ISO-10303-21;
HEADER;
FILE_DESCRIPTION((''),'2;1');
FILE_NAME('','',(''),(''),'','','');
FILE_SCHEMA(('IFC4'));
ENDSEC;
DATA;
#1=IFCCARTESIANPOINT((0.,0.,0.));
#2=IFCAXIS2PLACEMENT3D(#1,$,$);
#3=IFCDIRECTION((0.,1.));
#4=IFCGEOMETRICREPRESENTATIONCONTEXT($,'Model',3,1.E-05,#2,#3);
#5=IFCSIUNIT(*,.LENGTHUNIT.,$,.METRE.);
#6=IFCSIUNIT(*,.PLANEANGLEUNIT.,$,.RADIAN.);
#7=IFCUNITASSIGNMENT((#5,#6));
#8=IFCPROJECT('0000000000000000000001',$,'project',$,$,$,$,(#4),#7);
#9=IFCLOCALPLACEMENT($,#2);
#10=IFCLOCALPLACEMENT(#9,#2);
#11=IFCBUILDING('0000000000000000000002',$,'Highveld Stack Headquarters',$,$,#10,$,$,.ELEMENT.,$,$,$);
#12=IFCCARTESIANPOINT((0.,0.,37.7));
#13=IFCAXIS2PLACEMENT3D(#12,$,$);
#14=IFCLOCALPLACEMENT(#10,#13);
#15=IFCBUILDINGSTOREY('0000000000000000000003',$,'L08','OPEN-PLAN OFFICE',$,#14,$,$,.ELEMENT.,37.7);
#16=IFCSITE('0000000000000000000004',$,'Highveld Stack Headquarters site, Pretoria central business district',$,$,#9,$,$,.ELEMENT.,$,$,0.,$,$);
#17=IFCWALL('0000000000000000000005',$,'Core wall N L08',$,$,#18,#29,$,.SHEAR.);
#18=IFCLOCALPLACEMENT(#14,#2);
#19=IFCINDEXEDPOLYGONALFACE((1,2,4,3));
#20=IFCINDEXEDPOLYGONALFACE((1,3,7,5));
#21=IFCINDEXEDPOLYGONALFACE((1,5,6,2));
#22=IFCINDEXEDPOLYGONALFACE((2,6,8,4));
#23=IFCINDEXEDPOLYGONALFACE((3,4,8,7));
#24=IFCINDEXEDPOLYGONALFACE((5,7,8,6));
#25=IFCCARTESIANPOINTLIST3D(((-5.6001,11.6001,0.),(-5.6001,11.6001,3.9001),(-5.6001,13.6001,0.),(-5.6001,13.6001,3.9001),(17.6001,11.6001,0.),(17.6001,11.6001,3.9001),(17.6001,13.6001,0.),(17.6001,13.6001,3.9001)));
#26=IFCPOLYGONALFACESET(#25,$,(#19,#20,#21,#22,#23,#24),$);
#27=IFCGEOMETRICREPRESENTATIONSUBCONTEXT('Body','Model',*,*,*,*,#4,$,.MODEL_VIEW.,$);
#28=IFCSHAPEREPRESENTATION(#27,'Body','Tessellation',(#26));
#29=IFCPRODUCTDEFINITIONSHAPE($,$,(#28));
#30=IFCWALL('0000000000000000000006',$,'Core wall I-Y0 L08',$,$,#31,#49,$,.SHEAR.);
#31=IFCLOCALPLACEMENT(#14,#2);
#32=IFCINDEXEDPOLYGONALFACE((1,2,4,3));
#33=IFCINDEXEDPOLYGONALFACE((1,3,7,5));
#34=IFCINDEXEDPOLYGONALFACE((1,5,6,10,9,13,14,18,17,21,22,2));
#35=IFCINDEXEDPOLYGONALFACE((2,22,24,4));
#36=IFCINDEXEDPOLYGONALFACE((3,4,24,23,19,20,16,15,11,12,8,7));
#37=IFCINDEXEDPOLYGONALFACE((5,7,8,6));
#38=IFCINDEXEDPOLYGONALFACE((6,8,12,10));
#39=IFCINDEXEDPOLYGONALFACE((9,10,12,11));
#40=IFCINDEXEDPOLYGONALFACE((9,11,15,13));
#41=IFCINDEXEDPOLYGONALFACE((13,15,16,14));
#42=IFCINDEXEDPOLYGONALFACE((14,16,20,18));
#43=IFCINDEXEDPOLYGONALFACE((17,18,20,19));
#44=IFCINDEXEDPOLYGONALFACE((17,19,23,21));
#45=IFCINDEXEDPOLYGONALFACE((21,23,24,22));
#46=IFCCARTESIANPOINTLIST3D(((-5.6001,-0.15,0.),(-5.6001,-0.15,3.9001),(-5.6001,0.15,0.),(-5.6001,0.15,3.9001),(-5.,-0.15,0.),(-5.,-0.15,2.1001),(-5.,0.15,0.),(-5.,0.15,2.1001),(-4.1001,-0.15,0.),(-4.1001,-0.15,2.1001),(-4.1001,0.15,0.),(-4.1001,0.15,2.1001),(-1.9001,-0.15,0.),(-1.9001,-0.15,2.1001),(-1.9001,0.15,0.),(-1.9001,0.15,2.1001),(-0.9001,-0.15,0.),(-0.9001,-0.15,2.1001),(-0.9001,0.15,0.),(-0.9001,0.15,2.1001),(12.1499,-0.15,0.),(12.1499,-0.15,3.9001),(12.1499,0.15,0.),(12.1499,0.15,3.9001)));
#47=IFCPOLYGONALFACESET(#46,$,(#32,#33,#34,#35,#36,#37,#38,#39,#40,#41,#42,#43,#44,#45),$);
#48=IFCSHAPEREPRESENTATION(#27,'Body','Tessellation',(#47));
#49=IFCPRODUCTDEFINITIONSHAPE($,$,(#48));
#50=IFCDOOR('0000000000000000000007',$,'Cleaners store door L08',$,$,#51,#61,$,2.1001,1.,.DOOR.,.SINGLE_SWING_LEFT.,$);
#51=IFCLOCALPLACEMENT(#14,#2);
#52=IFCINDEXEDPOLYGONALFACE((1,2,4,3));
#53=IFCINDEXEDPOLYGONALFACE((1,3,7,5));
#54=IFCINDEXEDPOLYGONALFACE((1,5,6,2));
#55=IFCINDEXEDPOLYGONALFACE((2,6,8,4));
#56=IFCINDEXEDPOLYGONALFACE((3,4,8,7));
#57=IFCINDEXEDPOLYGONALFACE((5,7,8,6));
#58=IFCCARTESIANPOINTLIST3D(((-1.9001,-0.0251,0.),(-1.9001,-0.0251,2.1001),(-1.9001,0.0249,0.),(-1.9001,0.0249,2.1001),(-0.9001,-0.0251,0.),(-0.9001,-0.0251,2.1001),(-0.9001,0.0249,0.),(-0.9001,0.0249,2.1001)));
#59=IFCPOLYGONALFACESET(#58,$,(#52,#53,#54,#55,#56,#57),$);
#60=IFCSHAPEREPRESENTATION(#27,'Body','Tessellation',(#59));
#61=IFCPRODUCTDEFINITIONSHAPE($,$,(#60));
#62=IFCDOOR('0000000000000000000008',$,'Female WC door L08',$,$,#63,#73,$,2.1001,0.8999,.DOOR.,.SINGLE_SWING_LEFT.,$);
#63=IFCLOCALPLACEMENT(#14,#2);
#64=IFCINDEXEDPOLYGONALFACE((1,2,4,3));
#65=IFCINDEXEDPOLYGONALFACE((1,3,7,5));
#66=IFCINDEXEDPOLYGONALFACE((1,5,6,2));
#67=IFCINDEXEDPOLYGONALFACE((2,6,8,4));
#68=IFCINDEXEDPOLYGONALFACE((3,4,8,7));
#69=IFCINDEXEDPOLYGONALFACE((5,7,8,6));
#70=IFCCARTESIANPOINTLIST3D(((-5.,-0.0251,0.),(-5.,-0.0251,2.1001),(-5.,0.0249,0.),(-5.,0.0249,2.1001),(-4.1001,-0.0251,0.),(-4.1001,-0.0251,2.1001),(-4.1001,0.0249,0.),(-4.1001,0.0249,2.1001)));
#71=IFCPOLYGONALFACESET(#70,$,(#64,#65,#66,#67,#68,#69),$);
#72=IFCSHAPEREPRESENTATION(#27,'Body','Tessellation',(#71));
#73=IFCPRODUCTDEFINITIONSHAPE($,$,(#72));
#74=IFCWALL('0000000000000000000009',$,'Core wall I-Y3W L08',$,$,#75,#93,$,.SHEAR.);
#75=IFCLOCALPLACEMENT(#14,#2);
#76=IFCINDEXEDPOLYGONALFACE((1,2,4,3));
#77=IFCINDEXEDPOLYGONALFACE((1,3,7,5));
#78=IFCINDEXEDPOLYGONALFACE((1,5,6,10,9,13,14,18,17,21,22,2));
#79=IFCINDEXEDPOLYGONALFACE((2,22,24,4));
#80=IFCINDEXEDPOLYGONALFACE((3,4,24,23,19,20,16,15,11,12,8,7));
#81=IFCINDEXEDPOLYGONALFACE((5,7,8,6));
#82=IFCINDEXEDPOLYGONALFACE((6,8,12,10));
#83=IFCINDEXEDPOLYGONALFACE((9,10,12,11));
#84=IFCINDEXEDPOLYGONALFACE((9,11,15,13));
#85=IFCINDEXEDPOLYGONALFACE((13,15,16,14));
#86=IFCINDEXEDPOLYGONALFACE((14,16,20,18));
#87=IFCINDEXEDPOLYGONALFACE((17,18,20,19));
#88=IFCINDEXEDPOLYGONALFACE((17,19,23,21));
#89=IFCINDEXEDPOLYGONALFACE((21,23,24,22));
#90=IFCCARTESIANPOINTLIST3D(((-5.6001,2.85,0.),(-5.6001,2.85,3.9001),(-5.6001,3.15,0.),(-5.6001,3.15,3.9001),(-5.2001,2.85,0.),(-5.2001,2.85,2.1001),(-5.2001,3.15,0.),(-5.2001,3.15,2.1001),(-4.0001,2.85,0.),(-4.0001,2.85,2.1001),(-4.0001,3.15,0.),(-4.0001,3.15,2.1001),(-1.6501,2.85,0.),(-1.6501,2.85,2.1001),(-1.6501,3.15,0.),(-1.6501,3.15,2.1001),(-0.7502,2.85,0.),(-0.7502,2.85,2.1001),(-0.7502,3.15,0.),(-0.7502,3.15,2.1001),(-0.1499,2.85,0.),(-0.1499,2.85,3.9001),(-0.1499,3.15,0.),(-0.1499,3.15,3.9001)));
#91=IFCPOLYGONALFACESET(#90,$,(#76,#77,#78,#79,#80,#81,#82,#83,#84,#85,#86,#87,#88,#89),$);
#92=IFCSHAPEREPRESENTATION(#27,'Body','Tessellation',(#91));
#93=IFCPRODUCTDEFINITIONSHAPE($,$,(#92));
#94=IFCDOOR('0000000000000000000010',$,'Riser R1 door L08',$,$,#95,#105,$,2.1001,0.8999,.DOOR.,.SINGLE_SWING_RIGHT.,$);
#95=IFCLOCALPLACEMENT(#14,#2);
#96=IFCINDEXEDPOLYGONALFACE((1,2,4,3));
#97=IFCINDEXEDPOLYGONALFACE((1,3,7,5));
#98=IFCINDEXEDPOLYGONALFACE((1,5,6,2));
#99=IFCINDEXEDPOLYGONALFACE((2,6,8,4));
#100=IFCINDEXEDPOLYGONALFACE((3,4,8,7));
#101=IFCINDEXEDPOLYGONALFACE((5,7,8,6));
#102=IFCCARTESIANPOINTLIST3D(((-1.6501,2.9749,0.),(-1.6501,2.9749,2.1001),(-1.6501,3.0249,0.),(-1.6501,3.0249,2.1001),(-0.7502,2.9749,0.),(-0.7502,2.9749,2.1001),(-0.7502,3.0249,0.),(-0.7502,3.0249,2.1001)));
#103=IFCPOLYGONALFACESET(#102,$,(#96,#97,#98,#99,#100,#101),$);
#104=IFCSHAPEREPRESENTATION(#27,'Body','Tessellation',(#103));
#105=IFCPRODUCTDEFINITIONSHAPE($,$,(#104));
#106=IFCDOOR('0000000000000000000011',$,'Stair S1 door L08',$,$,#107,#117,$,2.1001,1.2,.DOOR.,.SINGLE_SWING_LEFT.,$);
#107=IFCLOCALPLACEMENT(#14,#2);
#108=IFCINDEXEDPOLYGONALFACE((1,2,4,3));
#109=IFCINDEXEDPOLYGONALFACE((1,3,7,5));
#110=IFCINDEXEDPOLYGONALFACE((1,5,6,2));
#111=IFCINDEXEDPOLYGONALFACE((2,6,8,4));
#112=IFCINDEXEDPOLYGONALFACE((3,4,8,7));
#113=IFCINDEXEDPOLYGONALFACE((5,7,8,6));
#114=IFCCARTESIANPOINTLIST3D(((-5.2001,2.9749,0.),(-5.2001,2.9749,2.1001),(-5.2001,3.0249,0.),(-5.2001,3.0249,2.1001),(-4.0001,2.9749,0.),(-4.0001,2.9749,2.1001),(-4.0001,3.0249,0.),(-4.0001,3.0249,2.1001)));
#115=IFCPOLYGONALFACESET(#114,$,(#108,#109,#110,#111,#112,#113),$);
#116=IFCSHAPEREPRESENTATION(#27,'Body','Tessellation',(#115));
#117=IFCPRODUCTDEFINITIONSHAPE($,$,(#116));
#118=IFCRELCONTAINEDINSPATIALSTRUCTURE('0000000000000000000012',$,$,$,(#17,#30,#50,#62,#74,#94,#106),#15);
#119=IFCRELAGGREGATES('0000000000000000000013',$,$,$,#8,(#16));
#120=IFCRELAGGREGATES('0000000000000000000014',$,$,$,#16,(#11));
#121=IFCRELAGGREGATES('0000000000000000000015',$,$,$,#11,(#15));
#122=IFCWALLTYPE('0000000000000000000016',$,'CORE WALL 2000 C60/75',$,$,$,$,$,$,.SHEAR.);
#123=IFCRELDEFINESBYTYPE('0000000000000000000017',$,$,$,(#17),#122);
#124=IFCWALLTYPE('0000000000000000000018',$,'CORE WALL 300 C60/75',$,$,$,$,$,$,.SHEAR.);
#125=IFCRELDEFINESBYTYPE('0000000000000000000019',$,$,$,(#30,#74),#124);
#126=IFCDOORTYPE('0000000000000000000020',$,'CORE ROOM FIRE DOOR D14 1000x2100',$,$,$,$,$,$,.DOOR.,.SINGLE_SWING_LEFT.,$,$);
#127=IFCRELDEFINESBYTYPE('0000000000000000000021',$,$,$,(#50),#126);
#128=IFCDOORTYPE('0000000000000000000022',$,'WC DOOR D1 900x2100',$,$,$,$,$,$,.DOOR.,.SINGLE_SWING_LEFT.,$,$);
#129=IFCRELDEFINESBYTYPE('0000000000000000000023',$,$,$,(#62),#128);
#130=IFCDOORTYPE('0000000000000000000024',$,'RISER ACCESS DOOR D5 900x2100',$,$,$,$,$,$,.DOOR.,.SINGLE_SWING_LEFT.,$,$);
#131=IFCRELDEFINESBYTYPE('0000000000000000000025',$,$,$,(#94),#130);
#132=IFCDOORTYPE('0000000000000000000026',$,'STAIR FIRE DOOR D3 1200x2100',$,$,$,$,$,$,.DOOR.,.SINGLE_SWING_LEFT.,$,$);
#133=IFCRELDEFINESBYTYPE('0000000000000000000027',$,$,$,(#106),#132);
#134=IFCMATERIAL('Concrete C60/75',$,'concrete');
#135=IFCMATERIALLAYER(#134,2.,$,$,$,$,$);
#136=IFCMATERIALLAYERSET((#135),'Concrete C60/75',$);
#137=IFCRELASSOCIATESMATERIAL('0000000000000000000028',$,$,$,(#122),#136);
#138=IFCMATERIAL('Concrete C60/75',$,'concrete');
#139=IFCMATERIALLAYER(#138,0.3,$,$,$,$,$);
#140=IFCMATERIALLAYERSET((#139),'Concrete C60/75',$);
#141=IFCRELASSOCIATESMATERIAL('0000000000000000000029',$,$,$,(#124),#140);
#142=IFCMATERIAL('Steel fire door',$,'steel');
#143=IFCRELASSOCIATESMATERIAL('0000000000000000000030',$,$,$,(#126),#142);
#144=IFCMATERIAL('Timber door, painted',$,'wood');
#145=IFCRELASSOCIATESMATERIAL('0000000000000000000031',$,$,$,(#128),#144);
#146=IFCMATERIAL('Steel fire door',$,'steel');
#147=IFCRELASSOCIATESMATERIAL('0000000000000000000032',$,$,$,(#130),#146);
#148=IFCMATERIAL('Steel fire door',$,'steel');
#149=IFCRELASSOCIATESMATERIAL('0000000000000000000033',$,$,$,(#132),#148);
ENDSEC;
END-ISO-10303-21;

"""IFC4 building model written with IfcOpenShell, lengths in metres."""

from ifc_helpers import new_model, si_unit, direction, frame, frame_2d, origin, place, context, subcontext, project, spatial, rectangle, extrude, material, layer, layer_set, type_object, element, fill, save


model = new_model("IFC4")

# Units and contexts
model_context = context("Model", 3, precision=1e-05, world=origin(), true_north=direction((0.0, 1.0)))
body_context = subcontext(model_context, "Body", "Model", "MODEL_VIEW")
ifc_project = project(units=[si_unit("LENGTHUNIT", "METRE"), si_unit("PLANEANGLEUNIT", "RADIAN")], contexts=[model_context])

# Site, building, storey
site_placement = place(None, origin())
site = spatial("IfcSite", under=ifc_project, at=site_placement, Name="Highveld Stack Headquarters site, Pretoria central business district", CompositionType="ELEMENT", RefElevation=0.0)
building_placement = place(site_placement, origin())
building = spatial("IfcBuilding", under=site, at=building_placement, Name="Highveld Stack Headquarters", CompositionType="ELEMENT")
storey_placement = place(building_placement, frame((0.0, 0.0, 37.7)))
storey = spatial("IfcBuildingStorey", under=building, at=storey_placement, Name="L08", Description="OPEN-PLAN OFFICE", CompositionType="ELEMENT", Elevation=37.7)

# Wall
ifc_material_1 = material(Name="Concrete C60/75", Category="concrete")
ifc_layer_1 = layer(ifc_material_1, 2.0)
ifc_layer_set_1 = layer_set([ifc_layer_1], Name="Concrete C60/75")
wall_type_1 = type_object("IfcWallType", Name="CORE WALL 2000 C60/75", PredefinedType="SHEAR", material=ifc_layer_set_1)
wall_1_placement = place(storey_placement, frame((-5.6001, 12.6001, 0.0), z_axis=(0.0, 0.0, 1.0), x_axis=(1.0, 0.0, 0.0)))
element("IfcWall", 1, at=wall_1_placement, inside=storey, type_object=wall_type_1, Name="Core wall N L08", PredefinedType="SHEAR", context=body_context, shape_type="SweptSolid", body=[
    extrude(rectangle(XDim=23.2002, YDim=2.0, at=frame_2d((11.6001, 0.0))), origin(), (0.0, 0.0, 1.0), 3.9001),
])

# Walls, openings, doors
ifc_material_2 = material(Name="Concrete C60/75", Category="concrete")
ifc_layer_2 = layer(ifc_material_2, 0.3)
ifc_layer_set_2 = layer_set([ifc_layer_2], Name="Concrete C60/75")
wall_type_2 = type_object("IfcWallType", Name="CORE WALL 300 C60/75", PredefinedType="SHEAR", material=ifc_layer_set_2)
wall_2_placement = place(storey_placement, frame((-5.6001, 0.0, 0.0), z_axis=(0.0, 0.0, 1.0), x_axis=(1.0, 0.0, 0.0)))
wall_2 = element("IfcWall", 2, at=wall_2_placement, inside=storey, type_object=wall_type_2, Name="Core wall I-Y0 L08", PredefinedType="SHEAR", context=body_context, shape_type="SweptSolid", body=[
    extrude(rectangle(XDim=17.75, YDim=0.3, at=frame_2d((8.875, 0.0))), origin(), (0.0, 0.0, 1.0), 3.9001),
])
opening_1_placement = place(wall_2_placement, frame((0.6001, 0.0, 0.0)))
opening_1 = element("IfcOpeningElement", 3, at=opening_1_placement, cuts=wall_2, PredefinedType="OPENING", context=body_context, shape_type="SweptSolid", body=[
    extrude(rectangle(XDim=0.8999, YDim=2.1001, at=frame_2d((0.45, 1.05))), frame((0.0, 0.1599, 0.0), z_axis=(0.0, -1.0, 0.0), x_axis=(1.0, 0.0, 0.0)), (0.0, 0.0, 1.0), 0.3201),
])
opening_2_placement = place(wall_2_placement, frame((3.7, 0.0, 0.0)))
opening_2 = element("IfcOpeningElement", 4, at=opening_2_placement, cuts=wall_2, PredefinedType="OPENING", context=body_context, shape_type="SweptSolid", body=[
    extrude(rectangle(XDim=1.0, YDim=2.1001, at=frame_2d((0.5, 1.05))), frame((0.0, 0.1599, 0.0), z_axis=(0.0, -1.0, 0.0), x_axis=(1.0, 0.0, 0.0)), (0.0, 0.0, 1.0), 0.3201),
])
ifc_material_3 = material(Name="Steel fire door", Category="steel")
door_type_1 = type_object("IfcDoorType", Name="CORE ROOM FIRE DOOR D14 1000x2100", OperationType="SINGLE_SWING_LEFT", PredefinedType="DOOR", material=ifc_material_3)
door_1_placement = place(opening_2_placement, origin())
door_1 = element("IfcDoor", 5, at=door_1_placement, inside=storey, type_object=door_type_1, Name="Cleaners store door L08", OperationType="SINGLE_SWING_LEFT", OverallHeight=2.1001, OverallWidth=1.0, PredefinedType="DOOR", context=body_context, shape_type="SweptSolid", body=[
    extrude(rectangle(XDim=1.0, YDim=2.1001, at=frame_2d((0.5, 1.05))), frame((0.0, 0.0249, 0.0), z_axis=(0.0, -1.0, 0.0), x_axis=(1.0, 0.0, 0.0)), (0.0, 0.0, 1.0), 0.05),
])
fill(opening_2, door_1)
ifc_material_4 = material(Name="Timber door, painted", Category="wood")
door_type_2 = type_object("IfcDoorType", Name="WC DOOR D1 900x2100", OperationType="SINGLE_SWING_LEFT", PredefinedType="DOOR", material=ifc_material_4)
door_2_placement = place(opening_1_placement, origin())
door_2 = element("IfcDoor", 6, at=door_2_placement, inside=storey, type_object=door_type_2, Name="Female WC door L08", OperationType="SINGLE_SWING_LEFT", OverallHeight=2.1001, OverallWidth=0.8999, PredefinedType="DOOR", context=body_context, shape_type="SweptSolid", body=[
    extrude(rectangle(XDim=0.8999, YDim=2.1001, at=frame_2d((0.45, 1.05))), frame((0.0, 0.0249, 0.0), z_axis=(0.0, -1.0, 0.0), x_axis=(1.0, 0.0, 0.0)), (0.0, 0.0, 1.0), 0.05),
])
fill(opening_1, door_2)
wall_3_placement = place(storey_placement, frame((-5.6001, 3.0, 0.0), z_axis=(0.0, 0.0, 1.0), x_axis=(1.0, 0.0, 0.0)))
wall_3 = element("IfcWall", 7, at=wall_3_placement, inside=storey, type_object=wall_type_2, Name="Core wall I-Y3W L08", PredefinedType="SHEAR", context=body_context, shape_type="SweptSolid", body=[
    extrude(rectangle(XDim=5.4502, YDim=0.3, at=frame_2d((2.7251, 0.0))), origin(), (0.0, 0.0, 1.0), 3.9001),
])
opening_3_placement = place(wall_3_placement, frame((0.3999, 0.0, 0.0)))
opening_3 = element("IfcOpeningElement", 8, at=opening_3_placement, cuts=wall_3, PredefinedType="OPENING", context=body_context, shape_type="SweptSolid", body=[
    extrude(rectangle(XDim=1.2, YDim=2.1001, at=frame_2d((0.6001, 1.05))), frame((0.0, 0.1599, 0.0), z_axis=(0.0, -1.0, 0.0), x_axis=(1.0, 0.0, 0.0)), (0.0, 0.0, 1.0), 0.3201),
])
opening_4_placement = place(wall_3_placement, frame((3.95, 0.0, 0.0)))
opening_4 = element("IfcOpeningElement", 9, at=opening_4_placement, cuts=wall_3, PredefinedType="OPENING", context=body_context, shape_type="SweptSolid", body=[
    extrude(rectangle(XDim=0.8999, YDim=2.1001, at=frame_2d((0.45, 1.05))), frame((0.0, 0.1599, 0.0), z_axis=(0.0, -1.0, 0.0), x_axis=(1.0, 0.0, 0.0)), (0.0, 0.0, 1.0), 0.3201),
])
ifc_material_5 = material(Name="Steel fire door", Category="steel")
door_type_3 = type_object("IfcDoorType", Name="RISER ACCESS DOOR D5 900x2100", OperationType="SINGLE_SWING_LEFT", PredefinedType="DOOR", material=ifc_material_5)
door_3_placement = place(opening_4_placement, origin())
door_3 = element("IfcDoor", 10, at=door_3_placement, inside=storey, type_object=door_type_3, Name="Riser R1 door L08", OperationType="SINGLE_SWING_RIGHT", OverallHeight=2.1001, OverallWidth=0.8999, PredefinedType="DOOR", context=body_context, shape_type="SweptSolid", body=[
    extrude(rectangle(XDim=0.8999, YDim=2.1001, at=frame_2d((0.45, 1.05))), frame((0.0, 0.0249, 0.0), z_axis=(0.0, -1.0, 0.0), x_axis=(1.0, 0.0, 0.0)), (0.0, 0.0, 1.0), 0.05),
])
fill(opening_4, door_3)
ifc_material_6 = material(Name="Steel fire door", Category="steel")
door_type_4 = type_object("IfcDoorType", Name="STAIR FIRE DOOR D3 1200x2100", OperationType="SINGLE_SWING_LEFT", PredefinedType="DOOR", material=ifc_material_6)
door_4_placement = place(opening_3_placement, origin())
door_4 = element("IfcDoor", 11, at=door_4_placement, inside=storey, type_object=door_type_4, Name="Stair S1 door L08", OperationType="SINGLE_SWING_LEFT", OverallHeight=2.1001, OverallWidth=1.2, PredefinedType="DOOR", context=body_context, shape_type="SweptSolid", body=[
    extrude(rectangle(XDim=1.2, YDim=2.1001, at=frame_2d((0.6001, 1.05))), frame((0.0, 0.0249, 0.0), z_axis=(0.0, -1.0, 0.0), x_axis=(1.0, 0.0, 0.0)), (0.0, 0.0, 1.0), 0.05),
])
fill(opening_3, door_4)

save(model, "model.ifc")
